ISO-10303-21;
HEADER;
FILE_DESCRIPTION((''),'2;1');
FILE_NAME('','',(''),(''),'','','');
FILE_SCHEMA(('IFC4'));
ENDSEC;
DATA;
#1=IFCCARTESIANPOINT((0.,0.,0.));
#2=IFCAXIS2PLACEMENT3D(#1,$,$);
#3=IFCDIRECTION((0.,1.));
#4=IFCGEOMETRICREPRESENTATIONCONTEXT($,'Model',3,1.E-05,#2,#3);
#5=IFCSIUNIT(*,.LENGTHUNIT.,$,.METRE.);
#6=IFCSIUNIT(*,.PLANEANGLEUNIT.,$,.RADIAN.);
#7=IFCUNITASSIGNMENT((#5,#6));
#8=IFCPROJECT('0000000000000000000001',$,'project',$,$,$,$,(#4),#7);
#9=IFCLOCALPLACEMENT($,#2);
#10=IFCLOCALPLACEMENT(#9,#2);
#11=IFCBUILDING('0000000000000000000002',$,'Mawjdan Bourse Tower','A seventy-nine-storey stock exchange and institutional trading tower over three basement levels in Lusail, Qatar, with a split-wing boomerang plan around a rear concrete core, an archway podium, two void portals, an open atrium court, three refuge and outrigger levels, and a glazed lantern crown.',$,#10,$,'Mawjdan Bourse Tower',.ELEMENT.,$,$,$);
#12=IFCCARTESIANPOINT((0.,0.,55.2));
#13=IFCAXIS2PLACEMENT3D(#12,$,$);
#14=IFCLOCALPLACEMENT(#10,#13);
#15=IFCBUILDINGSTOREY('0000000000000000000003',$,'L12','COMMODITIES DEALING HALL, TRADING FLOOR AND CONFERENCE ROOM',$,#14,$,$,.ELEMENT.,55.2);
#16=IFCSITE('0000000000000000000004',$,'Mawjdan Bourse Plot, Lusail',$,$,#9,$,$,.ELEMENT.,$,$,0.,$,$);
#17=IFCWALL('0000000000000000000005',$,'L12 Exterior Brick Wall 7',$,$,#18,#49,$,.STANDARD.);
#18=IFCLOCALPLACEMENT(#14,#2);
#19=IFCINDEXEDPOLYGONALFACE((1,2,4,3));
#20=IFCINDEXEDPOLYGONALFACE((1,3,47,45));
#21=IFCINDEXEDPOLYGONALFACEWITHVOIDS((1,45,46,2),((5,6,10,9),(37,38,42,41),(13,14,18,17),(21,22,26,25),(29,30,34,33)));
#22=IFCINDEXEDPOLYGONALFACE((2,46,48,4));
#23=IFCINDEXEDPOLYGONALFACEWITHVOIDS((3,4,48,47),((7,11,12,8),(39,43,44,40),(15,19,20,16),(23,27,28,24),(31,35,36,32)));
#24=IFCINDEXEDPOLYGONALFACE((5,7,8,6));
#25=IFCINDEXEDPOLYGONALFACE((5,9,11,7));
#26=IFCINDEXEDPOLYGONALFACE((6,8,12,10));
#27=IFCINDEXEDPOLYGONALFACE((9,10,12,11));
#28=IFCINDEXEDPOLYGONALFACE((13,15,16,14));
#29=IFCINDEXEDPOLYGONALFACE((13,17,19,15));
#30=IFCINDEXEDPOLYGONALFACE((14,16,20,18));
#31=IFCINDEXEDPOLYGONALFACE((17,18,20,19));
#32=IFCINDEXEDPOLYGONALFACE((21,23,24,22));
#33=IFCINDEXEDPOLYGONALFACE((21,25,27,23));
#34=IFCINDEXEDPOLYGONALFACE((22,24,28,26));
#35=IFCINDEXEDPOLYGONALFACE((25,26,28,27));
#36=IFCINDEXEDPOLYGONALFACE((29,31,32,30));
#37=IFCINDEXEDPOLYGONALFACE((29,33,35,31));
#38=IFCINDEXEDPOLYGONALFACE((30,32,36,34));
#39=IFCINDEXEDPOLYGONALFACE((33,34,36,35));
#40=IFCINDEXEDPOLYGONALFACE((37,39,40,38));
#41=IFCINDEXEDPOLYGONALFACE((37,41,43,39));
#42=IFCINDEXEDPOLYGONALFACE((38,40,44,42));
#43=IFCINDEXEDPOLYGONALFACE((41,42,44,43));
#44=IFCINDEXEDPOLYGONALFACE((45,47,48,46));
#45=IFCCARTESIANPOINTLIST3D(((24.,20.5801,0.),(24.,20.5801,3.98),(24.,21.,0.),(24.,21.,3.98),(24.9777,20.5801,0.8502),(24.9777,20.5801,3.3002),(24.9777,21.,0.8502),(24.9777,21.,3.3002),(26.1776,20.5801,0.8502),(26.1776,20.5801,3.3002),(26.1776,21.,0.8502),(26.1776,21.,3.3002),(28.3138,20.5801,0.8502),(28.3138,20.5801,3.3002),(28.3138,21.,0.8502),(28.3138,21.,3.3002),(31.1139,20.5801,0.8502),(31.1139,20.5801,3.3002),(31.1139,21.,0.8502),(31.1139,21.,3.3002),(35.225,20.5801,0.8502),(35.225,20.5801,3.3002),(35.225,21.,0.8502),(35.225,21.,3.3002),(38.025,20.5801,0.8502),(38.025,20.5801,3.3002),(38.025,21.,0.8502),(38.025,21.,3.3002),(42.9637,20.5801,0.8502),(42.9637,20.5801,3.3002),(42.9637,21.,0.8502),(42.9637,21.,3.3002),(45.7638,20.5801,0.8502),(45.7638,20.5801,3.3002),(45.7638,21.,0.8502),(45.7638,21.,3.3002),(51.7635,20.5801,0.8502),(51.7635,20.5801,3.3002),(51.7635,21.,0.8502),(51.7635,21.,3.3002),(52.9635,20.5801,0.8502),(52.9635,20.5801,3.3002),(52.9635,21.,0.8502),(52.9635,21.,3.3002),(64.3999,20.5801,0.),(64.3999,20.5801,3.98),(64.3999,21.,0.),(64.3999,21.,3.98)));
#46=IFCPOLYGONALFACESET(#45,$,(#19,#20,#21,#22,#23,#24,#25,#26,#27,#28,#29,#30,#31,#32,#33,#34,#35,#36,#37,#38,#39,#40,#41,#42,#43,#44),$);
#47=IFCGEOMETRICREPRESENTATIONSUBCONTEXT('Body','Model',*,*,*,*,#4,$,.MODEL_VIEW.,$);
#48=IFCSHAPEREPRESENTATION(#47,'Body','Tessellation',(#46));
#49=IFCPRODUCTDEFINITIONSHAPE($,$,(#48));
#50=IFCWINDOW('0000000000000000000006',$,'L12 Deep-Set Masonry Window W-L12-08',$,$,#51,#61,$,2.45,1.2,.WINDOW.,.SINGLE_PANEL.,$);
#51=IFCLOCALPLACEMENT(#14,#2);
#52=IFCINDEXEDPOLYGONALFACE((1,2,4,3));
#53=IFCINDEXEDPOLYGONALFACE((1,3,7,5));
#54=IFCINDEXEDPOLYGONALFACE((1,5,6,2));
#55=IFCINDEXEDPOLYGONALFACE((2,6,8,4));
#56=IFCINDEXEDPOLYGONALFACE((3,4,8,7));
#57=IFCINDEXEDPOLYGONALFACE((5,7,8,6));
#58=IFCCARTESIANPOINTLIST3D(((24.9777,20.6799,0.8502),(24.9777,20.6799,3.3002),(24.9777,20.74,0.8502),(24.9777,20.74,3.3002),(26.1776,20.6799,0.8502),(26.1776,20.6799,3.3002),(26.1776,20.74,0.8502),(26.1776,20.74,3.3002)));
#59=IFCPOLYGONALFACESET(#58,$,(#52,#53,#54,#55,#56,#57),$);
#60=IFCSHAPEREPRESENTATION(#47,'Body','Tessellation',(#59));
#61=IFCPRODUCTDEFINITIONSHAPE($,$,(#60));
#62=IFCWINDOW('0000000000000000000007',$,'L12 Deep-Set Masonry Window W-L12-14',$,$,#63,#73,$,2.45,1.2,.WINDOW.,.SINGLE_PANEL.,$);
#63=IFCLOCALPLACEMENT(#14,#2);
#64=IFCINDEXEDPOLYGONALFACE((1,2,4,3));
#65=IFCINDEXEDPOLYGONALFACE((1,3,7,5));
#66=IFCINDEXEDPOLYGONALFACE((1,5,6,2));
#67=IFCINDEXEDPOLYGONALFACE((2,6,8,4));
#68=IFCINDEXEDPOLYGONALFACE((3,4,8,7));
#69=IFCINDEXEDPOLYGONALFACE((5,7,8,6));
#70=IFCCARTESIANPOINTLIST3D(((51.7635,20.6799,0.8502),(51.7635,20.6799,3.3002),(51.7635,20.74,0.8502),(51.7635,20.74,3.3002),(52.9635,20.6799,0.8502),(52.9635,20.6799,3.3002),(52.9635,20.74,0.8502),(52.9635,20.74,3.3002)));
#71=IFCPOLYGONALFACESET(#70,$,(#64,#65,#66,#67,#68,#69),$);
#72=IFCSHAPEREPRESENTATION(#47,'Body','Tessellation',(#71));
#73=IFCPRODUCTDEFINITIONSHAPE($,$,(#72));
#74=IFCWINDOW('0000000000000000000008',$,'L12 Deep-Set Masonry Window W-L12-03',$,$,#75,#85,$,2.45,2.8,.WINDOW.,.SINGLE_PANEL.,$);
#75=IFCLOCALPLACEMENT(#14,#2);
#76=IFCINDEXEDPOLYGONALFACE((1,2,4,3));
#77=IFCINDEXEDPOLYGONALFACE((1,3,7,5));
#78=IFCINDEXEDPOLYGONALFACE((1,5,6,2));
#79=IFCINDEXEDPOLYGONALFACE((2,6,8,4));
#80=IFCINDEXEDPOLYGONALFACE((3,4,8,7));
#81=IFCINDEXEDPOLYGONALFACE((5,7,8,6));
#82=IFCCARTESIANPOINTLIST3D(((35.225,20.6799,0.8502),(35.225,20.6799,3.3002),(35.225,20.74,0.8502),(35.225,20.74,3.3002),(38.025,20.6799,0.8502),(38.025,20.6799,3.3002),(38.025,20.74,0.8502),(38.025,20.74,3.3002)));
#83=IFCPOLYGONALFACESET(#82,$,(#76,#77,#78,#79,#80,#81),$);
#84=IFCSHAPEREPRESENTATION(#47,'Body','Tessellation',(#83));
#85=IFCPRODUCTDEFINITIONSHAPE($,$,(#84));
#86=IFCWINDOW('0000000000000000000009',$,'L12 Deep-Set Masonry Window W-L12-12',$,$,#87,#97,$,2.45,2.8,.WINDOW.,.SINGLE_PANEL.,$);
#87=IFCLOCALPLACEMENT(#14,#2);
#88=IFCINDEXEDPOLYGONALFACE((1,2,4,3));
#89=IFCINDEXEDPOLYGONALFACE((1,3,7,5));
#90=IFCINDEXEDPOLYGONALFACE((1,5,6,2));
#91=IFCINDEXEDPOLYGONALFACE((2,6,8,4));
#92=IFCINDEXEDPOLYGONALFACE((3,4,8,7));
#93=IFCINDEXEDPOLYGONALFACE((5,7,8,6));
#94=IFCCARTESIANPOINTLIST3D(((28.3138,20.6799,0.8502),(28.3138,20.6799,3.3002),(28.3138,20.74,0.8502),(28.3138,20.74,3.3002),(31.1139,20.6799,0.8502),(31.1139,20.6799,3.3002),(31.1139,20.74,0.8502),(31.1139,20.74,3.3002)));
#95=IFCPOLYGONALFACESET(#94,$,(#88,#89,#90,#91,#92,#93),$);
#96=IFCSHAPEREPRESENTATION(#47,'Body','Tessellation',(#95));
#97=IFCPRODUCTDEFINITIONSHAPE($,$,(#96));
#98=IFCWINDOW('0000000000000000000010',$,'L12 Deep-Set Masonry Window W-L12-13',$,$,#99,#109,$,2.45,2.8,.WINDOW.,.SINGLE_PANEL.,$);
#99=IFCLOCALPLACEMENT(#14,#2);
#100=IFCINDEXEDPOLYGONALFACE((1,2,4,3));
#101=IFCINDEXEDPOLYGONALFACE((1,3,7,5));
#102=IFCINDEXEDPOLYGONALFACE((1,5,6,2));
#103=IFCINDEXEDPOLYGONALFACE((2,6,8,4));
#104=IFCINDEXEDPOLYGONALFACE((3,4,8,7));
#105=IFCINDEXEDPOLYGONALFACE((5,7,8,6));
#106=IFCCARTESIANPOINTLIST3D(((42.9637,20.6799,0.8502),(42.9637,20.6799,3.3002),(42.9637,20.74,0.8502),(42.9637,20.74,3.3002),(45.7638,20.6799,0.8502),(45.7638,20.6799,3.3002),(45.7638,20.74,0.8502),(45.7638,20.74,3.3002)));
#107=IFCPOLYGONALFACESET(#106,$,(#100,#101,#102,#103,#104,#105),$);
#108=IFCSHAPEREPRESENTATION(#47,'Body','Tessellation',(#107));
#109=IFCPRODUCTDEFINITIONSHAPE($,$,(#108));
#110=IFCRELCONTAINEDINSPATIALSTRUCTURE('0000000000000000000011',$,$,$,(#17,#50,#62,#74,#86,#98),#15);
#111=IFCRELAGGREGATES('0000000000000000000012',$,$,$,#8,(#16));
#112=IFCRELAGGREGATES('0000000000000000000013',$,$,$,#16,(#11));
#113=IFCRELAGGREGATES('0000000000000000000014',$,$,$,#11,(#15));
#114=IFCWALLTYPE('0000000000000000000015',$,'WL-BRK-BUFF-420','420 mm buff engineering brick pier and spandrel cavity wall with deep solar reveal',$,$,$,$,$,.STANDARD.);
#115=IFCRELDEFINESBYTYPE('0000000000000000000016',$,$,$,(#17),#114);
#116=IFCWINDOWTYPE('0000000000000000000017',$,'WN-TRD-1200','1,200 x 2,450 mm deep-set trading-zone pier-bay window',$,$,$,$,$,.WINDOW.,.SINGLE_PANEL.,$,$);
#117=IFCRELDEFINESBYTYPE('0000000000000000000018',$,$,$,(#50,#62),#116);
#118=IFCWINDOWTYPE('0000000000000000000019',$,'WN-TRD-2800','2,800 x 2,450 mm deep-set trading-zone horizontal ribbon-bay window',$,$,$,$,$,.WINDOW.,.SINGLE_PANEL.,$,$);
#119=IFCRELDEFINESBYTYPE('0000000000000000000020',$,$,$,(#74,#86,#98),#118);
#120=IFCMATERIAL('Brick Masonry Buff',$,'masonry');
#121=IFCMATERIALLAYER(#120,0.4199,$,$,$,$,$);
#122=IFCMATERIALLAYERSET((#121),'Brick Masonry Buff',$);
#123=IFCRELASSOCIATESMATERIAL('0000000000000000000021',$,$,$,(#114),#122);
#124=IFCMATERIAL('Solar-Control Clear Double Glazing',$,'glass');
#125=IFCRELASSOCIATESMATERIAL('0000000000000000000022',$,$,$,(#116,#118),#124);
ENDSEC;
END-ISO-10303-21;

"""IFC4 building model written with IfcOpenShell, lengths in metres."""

from ifc_helpers import new_model, si_unit, direction, frame, frame_2d, origin, place, context, subcontext, project, spatial, rectangle, extrude, material, layer, layer_set, type_object, element, fill, save


model = new_model("IFC4")

# Units and contexts
model_context = context("Model", 3, precision=1e-05, world=origin(), true_north=direction((0.0, 1.0)))
body_context = subcontext(model_context, "Body", "Model", "MODEL_VIEW")
ifc_project = project(units=[si_unit("LENGTHUNIT", "METRE"), si_unit("PLANEANGLEUNIT", "RADIAN")], contexts=[model_context])

# Site, building, storey
site_placement = place(None, origin())
site = spatial("IfcSite", under=ifc_project, at=site_placement, Name="Mawjdan Bourse Plot, Lusail", CompositionType="ELEMENT", RefElevation=0.0)
building_placement = place(site_placement, origin())
building = spatial("IfcBuilding", under=site, at=building_placement, Name="Mawjdan Bourse Tower", Description="A seventy-nine-storey stock exchange and institutional trading tower over three basement levels in Lusail, Qatar, with a split-wing boomerang plan around a rear concrete core, an archway podium, two void portals, an open atrium court, three refuge and outrigger levels, and a glazed lantern crown.", LongName="Mawjdan Bourse Tower", CompositionType="ELEMENT")
storey_placement = place(building_placement, frame((0.0, 0.0, 55.2)))
storey = spatial("IfcBuildingStorey", under=building, at=storey_placement, Name="L12", Description="COMMODITIES DEALING HALL, TRADING FLOOR AND CONFERENCE ROOM", CompositionType="ELEMENT", Elevation=55.2)

# Shared definitions
ifc_material_1 = material(Name="Brick Masonry Buff", Category="masonry")
ifc_layer = layer(ifc_material_1, 0.4199)
ifc_layer_set = layer_set([ifc_layer], Name="Brick Masonry Buff")
wall_type = type_object("IfcWallType", Name="WL-BRK-BUFF-420", Description="420 mm buff engineering brick pier and spandrel cavity wall with deep solar reveal", PredefinedType="STANDARD", material=ifc_layer_set)

# Wall, openings, windows
wall_placement = place(storey_placement, frame((64.3999, 20.79, 0.0), z_axis=(0.0, 0.0, 1.0), x_axis=(-1.0, 0.0, 0.0)))
wall = element("IfcWall", 1, at=wall_placement, inside=storey, type_object=wall_type, Name="L12 Exterior Brick Wall 7", PredefinedType="STANDARD", context=body_context, shape_type="SweptSolid", body=[
    extrude(rectangle(XDim=40.3999, YDim=0.4199, at=frame_2d((20.2, 0.0))), origin(), (0.0, 0.0, 1.0), 3.98),
])
opening_1_placement = place(wall_placement, frame((26.375, 0.0, 0.8501)))
opening_1 = element("IfcOpeningElement", 2, at=opening_1_placement, cuts=wall, PredefinedType="OPENING", context=body_context, shape_type="SweptSolid", body=[
    extrude(rectangle(XDim=2.8, YDim=2.45, at=frame_2d((1.3999, 1.2251))), frame((0.0, 0.22, 0.0), z_axis=(0.0, -1.0, 0.0), x_axis=(1.0, 0.0, 0.0)), (0.0, 0.0, 1.0), 0.4399),
])
opening_2_placement = place(wall_placement, frame((38.2222, 0.0, 0.8501)))
opening_2 = element("IfcOpeningElement", 3, at=opening_2_placement, cuts=wall, PredefinedType="OPENING", context=body_context, shape_type="SweptSolid", body=[
    extrude(rectangle(XDim=1.2, YDim=2.45, at=frame_2d((0.6001, 1.2251))), frame((0.0, 0.22, 0.0), z_axis=(0.0, -1.0, 0.0), x_axis=(1.0, 0.0, 0.0)), (0.0, 0.0, 1.0), 0.4399),
])
opening_3_placement = place(wall_placement, frame((33.2861, 0.0, 0.8501)))
opening_3 = element("IfcOpeningElement", 4, at=opening_3_placement, cuts=wall, PredefinedType="OPENING", context=body_context, shape_type="SweptSolid", body=[
    extrude(rectangle(XDim=2.8, YDim=2.45, at=frame_2d((1.3999, 1.2251))), frame((0.0, 0.22, 0.0), z_axis=(0.0, -1.0, 0.0), x_axis=(1.0, 0.0, 0.0)), (0.0, 0.0, 1.0), 0.4399),
])
opening_4_placement = place(wall_placement, frame((18.6362, 0.0, 0.8501)))
opening_4 = element("IfcOpeningElement", 5, at=opening_4_placement, cuts=wall, PredefinedType="OPENING", context=body_context, shape_type="SweptSolid", body=[
    extrude(rectangle(XDim=2.8, YDim=2.45, at=frame_2d((1.3999, 1.2251))), frame((0.0, 0.22, 0.0), z_axis=(0.0, -1.0, 0.0), x_axis=(1.0, 0.0, 0.0)), (0.0, 0.0, 1.0), 0.4399),
])
opening_5_placement = place(wall_placement, frame((11.4363, 0.0, 0.8501)))
opening_5 = element("IfcOpeningElement", 6, at=opening_5_placement, cuts=wall, PredefinedType="OPENING", context=body_context, shape_type="SweptSolid", body=[
    extrude(rectangle(XDim=1.2, YDim=2.45, at=frame_2d((0.6001, 1.2251))), frame((0.0, 0.22, 0.0), z_axis=(0.0, -1.0, 0.0), x_axis=(1.0, 0.0, 0.0)), (0.0, 0.0, 1.0), 0.4399),
])
ifc_material_2 = material(Name="Solar-Control Clear Double Glazing", Category="glass")
window_type_1 = type_object("IfcWindowType", Name="WN-TRD-1200", Description="1,200 x 2,450 mm deep-set trading-zone pier-bay window", PartitioningType="SINGLE_PANEL", PredefinedType="WINDOW", material=ifc_material_2)
window_1_placement = place(opening_2_placement, origin())
window_1 = element("IfcWindow", 7, at=window_1_placement, inside=storey, type_object=window_type_1, Name="L12 Deep-Set Masonry Window W-L12-08", OverallHeight=2.45, OverallWidth=1.2, PartitioningType="SINGLE_PANEL", PredefinedType="WINDOW", context=body_context, shape_type="SweptSolid", body=[
    extrude(rectangle(XDim=1.2, YDim=2.45, at=frame_2d((0.6001, 1.2251))), frame((0.0, 0.1101, 0.0), z_axis=(0.0, -1.0, 0.0), x_axis=(1.0, 0.0, 0.0)), (0.0, 0.0, 1.0), 0.0601),
])
fill(opening_2, window_1)
window_2_placement = place(opening_5_placement, origin())
window_2 = element("IfcWindow", 8, at=window_2_placement, inside=storey, type_object=window_type_1, Name="L12 Deep-Set Masonry Window W-L12-14", OverallHeight=2.45, OverallWidth=1.2, PartitioningType="SINGLE_PANEL", PredefinedType="WINDOW", context=body_context, shape_type="SweptSolid", body=[
    extrude(rectangle(XDim=1.2, YDim=2.45, at=frame_2d((0.6001, 1.2251))), frame((0.0, 0.1101, 0.0), z_axis=(0.0, -1.0, 0.0), x_axis=(1.0, 0.0, 0.0)), (0.0, 0.0, 1.0), 0.0601),
])
fill(opening_5, window_2)
window_type_2 = type_object("IfcWindowType", Name="WN-TRD-2800", Description="2,800 x 2,450 mm deep-set trading-zone horizontal ribbon-bay window", PartitioningType="SINGLE_PANEL", PredefinedType="WINDOW", material=ifc_material_2)
window_3_placement = place(opening_1_placement, origin())
window_3 = element("IfcWindow", 9, at=window_3_placement, inside=storey, type_object=window_type_2, Name="L12 Deep-Set Masonry Window W-L12-03", OverallHeight=2.45, OverallWidth=2.8, PartitioningType="SINGLE_PANEL", PredefinedType="WINDOW", context=body_context, shape_type="SweptSolid", body=[
    extrude(rectangle(XDim=2.8, YDim=2.45, at=frame_2d((1.3999, 1.2251))), frame((0.0, 0.1101, 0.0), z_axis=(0.0, -1.0, 0.0), x_axis=(1.0, 0.0, 0.0)), (0.0, 0.0, 1.0), 0.0601),
])
fill(opening_1, window_3)
window_4_placement = place(opening_3_placement, origin())
window_4 = element("IfcWindow", 10, at=window_4_placement, inside=storey, type_object=window_type_2, Name="L12 Deep-Set Masonry Window W-L12-12", OverallHeight=2.45, OverallWidth=2.8, PartitioningType="SINGLE_PANEL", PredefinedType="WINDOW", context=body_context, shape_type="SweptSolid", body=[
    extrude(rectangle(XDim=2.8, YDim=2.45, at=frame_2d((1.3999, 1.2251))), frame((0.0, 0.1101, 0.0), z_axis=(0.0, -1.0, 0.0), x_axis=(1.0, 0.0, 0.0)), (0.0, 0.0, 1.0), 0.0601),
])
fill(opening_3, window_4)
window_5_placement = place(opening_4_placement, origin())
window_5 = element("IfcWindow", 11, at=window_5_placement, inside=storey, type_object=window_type_2, Name="L12 Deep-Set Masonry Window W-L12-13", OverallHeight=2.45, OverallWidth=2.8, PartitioningType="SINGLE_PANEL", PredefinedType="WINDOW", context=body_context, shape_type="SweptSolid", body=[
    extrude(rectangle(XDim=2.8, YDim=2.45, at=frame_2d((1.3999, 1.2251))), frame((0.0, 0.1101, 0.0), z_axis=(0.0, -1.0, 0.0), x_axis=(1.0, 0.0, 0.0)), (0.0, 0.0, 1.0), 0.0601),
])
fill(opening_4, window_5)

save(model, "model.ifc")
